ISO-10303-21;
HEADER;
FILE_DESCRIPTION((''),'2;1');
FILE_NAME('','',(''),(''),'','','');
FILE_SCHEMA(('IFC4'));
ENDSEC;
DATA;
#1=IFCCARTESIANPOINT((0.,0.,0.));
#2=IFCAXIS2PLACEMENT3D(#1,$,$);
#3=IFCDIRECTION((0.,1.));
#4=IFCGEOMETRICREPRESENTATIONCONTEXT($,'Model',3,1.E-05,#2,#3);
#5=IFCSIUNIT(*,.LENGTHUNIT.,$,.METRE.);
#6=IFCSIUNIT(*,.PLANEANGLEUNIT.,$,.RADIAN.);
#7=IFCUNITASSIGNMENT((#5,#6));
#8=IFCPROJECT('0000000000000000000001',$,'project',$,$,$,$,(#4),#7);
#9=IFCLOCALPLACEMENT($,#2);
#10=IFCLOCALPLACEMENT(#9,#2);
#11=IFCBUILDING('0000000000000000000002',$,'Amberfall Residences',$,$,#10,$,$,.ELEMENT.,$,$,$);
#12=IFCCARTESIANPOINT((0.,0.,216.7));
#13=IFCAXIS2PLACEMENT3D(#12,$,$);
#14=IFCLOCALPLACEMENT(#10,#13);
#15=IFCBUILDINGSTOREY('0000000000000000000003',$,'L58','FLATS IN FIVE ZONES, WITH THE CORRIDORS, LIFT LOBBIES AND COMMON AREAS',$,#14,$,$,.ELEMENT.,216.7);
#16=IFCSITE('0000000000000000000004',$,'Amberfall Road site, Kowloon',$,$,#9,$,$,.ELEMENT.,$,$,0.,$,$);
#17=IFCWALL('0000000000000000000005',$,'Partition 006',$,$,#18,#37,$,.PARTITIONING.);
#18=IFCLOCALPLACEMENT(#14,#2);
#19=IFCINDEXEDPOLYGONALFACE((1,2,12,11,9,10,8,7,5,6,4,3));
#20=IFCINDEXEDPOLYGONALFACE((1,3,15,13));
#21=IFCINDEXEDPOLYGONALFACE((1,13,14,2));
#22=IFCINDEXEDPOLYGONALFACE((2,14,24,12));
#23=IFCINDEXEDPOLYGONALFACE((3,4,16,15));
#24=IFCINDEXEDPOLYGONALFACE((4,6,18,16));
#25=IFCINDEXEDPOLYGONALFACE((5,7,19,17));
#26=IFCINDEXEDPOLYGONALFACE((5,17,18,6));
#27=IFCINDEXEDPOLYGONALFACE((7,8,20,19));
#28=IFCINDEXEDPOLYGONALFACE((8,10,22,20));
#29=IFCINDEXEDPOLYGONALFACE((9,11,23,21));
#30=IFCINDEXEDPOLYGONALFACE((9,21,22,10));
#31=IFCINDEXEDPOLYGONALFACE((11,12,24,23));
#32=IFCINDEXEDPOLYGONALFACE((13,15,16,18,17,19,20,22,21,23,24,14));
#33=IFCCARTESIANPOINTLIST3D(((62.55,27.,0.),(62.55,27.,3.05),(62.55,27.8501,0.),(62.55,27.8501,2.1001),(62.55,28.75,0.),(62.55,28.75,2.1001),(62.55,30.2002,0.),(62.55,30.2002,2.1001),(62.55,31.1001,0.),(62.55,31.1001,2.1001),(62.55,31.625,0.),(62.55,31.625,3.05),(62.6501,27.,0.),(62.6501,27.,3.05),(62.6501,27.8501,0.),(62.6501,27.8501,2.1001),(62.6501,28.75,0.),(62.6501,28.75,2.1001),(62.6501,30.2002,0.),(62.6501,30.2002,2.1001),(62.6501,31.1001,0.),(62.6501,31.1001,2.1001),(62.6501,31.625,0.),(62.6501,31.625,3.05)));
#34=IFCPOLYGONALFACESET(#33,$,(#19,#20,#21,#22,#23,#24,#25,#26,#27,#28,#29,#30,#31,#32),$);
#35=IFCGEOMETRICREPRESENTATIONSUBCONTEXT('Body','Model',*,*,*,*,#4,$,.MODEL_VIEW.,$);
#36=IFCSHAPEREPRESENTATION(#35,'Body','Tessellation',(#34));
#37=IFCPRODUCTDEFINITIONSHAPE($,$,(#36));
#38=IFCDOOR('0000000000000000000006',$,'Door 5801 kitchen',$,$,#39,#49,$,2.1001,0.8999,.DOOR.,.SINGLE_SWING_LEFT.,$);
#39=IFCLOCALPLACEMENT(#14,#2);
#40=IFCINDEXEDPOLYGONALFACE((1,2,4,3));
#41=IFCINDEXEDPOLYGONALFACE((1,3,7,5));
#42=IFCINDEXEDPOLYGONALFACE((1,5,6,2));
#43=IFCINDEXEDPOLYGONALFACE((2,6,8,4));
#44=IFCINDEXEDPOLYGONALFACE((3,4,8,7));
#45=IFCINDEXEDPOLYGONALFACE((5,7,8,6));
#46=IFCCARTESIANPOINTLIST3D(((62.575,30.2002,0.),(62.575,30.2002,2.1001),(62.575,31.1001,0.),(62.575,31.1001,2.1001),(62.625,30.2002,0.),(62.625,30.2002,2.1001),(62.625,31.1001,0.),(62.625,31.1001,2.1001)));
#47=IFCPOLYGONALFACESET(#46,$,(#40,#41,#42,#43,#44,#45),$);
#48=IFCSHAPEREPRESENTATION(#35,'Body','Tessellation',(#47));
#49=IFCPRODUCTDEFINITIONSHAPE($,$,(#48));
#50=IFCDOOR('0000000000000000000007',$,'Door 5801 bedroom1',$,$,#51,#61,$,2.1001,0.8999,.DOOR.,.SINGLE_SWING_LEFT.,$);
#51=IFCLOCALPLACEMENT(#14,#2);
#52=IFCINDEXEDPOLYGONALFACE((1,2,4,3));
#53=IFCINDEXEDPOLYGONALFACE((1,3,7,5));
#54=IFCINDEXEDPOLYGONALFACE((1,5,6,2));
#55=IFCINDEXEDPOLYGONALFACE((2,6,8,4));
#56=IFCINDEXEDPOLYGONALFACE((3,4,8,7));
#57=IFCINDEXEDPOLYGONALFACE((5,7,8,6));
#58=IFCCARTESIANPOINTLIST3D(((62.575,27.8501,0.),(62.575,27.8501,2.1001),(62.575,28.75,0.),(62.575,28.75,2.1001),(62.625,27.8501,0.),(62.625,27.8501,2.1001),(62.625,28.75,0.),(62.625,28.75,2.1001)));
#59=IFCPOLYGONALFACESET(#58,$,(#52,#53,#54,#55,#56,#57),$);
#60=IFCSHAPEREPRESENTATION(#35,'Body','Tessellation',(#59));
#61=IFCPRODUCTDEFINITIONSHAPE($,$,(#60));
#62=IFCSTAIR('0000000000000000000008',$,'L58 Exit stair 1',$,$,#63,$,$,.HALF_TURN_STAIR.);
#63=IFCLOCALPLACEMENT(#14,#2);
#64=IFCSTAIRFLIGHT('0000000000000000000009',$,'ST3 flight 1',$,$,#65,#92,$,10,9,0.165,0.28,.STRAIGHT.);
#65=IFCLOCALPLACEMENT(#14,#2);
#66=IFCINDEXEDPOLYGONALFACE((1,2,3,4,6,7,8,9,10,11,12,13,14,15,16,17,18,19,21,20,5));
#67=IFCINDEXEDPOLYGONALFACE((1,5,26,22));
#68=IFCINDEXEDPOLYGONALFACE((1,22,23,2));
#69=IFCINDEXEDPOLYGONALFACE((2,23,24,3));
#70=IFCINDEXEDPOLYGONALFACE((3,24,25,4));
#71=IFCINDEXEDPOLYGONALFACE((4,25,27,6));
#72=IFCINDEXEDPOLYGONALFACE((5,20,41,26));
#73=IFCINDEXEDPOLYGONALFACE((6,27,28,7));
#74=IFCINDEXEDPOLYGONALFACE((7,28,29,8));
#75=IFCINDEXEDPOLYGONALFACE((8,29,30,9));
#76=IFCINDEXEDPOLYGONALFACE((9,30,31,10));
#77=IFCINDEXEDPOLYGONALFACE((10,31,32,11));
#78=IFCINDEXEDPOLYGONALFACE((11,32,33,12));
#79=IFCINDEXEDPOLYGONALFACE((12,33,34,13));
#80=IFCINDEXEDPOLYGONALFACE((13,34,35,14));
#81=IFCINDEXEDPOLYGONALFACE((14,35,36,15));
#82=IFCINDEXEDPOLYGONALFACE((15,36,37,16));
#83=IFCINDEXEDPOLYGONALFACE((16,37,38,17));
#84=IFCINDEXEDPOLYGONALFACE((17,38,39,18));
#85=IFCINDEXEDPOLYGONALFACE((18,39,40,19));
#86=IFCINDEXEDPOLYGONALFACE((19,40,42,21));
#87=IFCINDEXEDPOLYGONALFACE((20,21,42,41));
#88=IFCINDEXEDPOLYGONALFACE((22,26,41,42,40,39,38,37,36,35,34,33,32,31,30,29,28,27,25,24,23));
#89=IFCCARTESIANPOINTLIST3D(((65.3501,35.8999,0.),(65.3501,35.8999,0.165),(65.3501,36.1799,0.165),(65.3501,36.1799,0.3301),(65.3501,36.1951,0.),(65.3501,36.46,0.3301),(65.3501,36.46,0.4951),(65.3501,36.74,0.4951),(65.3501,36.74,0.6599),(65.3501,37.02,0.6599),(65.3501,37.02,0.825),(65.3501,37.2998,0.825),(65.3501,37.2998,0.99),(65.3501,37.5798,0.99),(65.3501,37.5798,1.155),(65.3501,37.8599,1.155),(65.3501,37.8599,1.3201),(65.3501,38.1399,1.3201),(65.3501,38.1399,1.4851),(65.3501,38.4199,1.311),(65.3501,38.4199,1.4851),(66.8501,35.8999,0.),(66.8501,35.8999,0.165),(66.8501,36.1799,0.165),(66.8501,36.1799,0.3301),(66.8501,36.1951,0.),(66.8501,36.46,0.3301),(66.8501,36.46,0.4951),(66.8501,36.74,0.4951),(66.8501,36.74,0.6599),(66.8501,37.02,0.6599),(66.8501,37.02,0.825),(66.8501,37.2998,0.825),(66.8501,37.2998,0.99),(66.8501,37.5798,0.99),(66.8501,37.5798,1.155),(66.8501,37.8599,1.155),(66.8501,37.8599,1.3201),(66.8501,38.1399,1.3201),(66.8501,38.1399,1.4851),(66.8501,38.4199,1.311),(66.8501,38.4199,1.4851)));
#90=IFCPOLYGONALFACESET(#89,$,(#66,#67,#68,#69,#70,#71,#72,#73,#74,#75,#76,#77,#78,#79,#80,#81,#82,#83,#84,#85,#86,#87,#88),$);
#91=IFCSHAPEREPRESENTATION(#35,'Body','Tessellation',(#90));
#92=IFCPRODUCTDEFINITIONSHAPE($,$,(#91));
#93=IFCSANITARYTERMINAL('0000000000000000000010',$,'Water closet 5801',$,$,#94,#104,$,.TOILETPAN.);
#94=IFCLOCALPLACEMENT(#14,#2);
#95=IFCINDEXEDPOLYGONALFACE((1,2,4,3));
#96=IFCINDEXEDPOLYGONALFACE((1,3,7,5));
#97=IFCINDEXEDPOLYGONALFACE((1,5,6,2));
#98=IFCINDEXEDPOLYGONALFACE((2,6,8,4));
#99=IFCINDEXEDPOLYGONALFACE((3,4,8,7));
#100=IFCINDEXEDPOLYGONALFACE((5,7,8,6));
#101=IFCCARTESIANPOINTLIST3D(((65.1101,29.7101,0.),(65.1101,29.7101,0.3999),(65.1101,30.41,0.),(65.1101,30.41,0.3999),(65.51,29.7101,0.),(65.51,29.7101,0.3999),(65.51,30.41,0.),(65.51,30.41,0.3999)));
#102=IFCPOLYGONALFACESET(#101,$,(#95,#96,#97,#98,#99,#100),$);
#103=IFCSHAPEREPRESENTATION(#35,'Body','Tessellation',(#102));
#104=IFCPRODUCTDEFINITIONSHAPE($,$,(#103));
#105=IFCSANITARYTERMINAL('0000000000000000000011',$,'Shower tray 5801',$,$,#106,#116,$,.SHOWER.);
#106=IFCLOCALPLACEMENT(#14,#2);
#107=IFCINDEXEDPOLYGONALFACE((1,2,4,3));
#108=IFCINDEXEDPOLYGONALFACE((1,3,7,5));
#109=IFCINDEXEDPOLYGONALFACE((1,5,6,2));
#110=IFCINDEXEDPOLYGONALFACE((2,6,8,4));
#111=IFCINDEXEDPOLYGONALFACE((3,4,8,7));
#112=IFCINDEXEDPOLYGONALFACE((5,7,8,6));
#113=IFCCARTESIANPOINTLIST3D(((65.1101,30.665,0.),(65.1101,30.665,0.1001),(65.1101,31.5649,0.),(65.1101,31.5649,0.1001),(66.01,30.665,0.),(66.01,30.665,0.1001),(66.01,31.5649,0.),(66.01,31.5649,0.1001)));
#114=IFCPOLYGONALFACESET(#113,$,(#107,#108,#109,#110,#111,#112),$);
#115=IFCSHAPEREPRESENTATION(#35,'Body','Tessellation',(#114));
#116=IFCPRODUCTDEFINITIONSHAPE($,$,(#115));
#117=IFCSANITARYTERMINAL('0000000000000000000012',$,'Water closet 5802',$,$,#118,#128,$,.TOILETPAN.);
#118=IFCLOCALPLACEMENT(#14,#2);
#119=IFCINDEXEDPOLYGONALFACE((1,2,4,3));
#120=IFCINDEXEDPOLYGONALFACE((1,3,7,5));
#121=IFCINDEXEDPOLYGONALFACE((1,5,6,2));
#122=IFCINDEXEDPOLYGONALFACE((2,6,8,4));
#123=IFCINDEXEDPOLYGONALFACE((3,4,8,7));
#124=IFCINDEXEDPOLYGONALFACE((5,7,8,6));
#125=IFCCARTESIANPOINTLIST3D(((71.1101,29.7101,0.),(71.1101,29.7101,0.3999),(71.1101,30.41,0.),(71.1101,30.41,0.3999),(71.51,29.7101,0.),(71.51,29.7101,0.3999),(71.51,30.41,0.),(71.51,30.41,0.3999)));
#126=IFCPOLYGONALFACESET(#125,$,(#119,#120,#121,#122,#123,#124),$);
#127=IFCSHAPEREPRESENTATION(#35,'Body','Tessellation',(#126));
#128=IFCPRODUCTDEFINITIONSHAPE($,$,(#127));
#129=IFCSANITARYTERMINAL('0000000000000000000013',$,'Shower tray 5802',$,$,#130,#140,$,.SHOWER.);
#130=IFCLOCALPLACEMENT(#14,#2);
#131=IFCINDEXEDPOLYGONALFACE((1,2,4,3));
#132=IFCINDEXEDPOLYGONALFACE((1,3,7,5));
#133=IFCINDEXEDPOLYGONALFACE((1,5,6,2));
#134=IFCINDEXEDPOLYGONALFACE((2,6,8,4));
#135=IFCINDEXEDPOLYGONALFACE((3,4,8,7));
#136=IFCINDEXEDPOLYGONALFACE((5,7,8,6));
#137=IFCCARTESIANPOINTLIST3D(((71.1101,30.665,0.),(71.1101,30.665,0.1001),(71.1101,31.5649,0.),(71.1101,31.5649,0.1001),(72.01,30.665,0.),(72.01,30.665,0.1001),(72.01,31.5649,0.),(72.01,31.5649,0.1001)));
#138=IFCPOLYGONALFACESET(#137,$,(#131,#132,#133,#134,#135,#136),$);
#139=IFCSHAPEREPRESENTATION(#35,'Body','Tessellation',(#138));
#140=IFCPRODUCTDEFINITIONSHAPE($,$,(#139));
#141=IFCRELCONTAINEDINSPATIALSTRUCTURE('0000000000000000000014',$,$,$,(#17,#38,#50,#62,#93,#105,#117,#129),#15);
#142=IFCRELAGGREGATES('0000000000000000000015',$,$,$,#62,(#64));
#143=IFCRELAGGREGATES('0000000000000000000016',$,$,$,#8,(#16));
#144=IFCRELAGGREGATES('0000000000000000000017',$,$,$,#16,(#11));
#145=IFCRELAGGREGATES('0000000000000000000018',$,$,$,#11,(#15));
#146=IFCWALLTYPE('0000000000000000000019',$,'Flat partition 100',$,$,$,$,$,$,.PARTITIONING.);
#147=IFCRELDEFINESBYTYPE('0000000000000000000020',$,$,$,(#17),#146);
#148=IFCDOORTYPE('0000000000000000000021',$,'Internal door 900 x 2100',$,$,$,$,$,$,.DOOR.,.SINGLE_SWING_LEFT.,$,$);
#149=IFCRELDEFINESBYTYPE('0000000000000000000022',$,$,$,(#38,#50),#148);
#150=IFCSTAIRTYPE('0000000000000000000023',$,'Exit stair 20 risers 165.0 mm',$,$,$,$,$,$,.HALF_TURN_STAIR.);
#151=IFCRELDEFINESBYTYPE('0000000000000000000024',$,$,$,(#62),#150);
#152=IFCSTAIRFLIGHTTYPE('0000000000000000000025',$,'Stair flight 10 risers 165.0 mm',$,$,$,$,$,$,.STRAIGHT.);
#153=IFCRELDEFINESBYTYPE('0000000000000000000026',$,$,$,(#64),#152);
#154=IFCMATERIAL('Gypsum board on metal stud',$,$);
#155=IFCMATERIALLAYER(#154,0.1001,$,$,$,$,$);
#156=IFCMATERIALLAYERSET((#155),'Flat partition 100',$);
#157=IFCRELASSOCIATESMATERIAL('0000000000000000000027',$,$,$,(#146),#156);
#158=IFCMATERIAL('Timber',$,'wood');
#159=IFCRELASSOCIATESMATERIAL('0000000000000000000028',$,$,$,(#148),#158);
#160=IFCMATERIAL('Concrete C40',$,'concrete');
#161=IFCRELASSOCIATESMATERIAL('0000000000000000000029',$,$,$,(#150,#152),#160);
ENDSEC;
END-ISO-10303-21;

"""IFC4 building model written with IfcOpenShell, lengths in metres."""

from ifc_helpers import new_model, si_unit, direction, frame, frame_2d, origin, origin_2d, place, context, subcontext, project, spatial, polyline, rectangle, outline, extrude, material, layer, layer_set, type_object, element, fill, aggregate, save


model = new_model("IFC4")

# Units and contexts
model_context = context("Model", 3, precision=1e-05, world=origin(), true_north=direction((0.0, 1.0)))
body_context = subcontext(model_context, "Body", "Model", "MODEL_VIEW")
ifc_project = project(units=[si_unit("LENGTHUNIT", "METRE"), si_unit("PLANEANGLEUNIT", "RADIAN")], contexts=[model_context])

# Site, building, storey
site_placement = place(None, origin())
site = spatial("IfcSite", under=ifc_project, at=site_placement, Name="Amberfall Road site, Kowloon", CompositionType="ELEMENT", RefElevation=0.0)
building_placement = place(site_placement, origin())
building = spatial("IfcBuilding", under=site, at=building_placement, Name="Amberfall Residences", CompositionType="ELEMENT")
storey_placement = place(building_placement, frame((0.0, 0.0, 216.7)))
storey = spatial("IfcBuildingStorey", under=building, at=storey_placement, Name="L58", Description="FLATS IN FIVE ZONES, WITH THE CORRIDORS, LIFT LOBBIES AND COMMON AREAS", CompositionType="ELEMENT", Elevation=216.7)

# Wall, openings, doors
ifc_material_1 = material(Name="Gypsum board on metal stud")
ifc_layer_1 = layer(ifc_material_1, 0.1001)
ifc_layer_set_1 = layer_set([ifc_layer_1], Name="Flat partition 100")
wall_type_1 = type_object("IfcWallType", Name="Flat partition 100", PredefinedType="PARTITIONING", material=ifc_layer_set_1)
wall_1_placement = place(storey_placement, frame((62.6001, 31.625, 0.0), z_axis=(0.0, 0.0, 1.0), x_axis=(0.0, -1.0, 0.0)))
wall_1 = element("IfcWall", 1, at=wall_1_placement, inside=storey, type_object=wall_type_1, Name="Partition 006", PredefinedType="PARTITIONING", context=body_context, shape_type="SweptSolid", body=[
    extrude(rectangle(XDim=4.625, YDim=0.1001, at=frame_2d((2.3125, 0.0))), origin(), (0.0, 0.0, 1.0), 3.05),
])
opening_1_placement = place(wall_1_placement, frame((0.5249, 0.0, 0.0)))
opening_1 = element("IfcOpeningElement", 2, at=opening_1_placement, cuts=wall_1, PredefinedType="OPENING", context=body_context, shape_type="SweptSolid", body=[
    extrude(rectangle(XDim=0.8999, YDim=2.1001, at=frame_2d((0.45, 1.05))), frame((0.0, 0.0601, 0.0), z_axis=(0.0, -1.0, 0.0), x_axis=(1.0, 0.0, 0.0)), (0.0, 0.0, 1.0), 0.1201),
])
opening_2_placement = place(wall_1_placement, frame((2.875, 0.0, 0.0)))
opening_2 = element("IfcOpeningElement", 3, at=opening_2_placement, cuts=wall_1, PredefinedType="OPENING", context=body_context, shape_type="SweptSolid", body=[
    extrude(rectangle(XDim=0.8999, YDim=2.1001, at=frame_2d((0.45, 1.05))), frame((0.0, 0.0601, 0.0), z_axis=(0.0, -1.0, 0.0), x_axis=(1.0, 0.0, 0.0)), (0.0, 0.0, 1.0), 0.1201),
])
ifc_material_2 = material(Name="Timber", Category="wood")
door_type_1 = type_object("IfcDoorType", Name="Internal door 900 x 2100", OperationType="SINGLE_SWING_LEFT", PredefinedType="DOOR", material=ifc_material_2)
door_1_placement = place(opening_1_placement, origin())
door_1 = element("IfcDoor", 4, at=door_1_placement, inside=storey, type_object=door_type_1, Name="Door 5801 kitchen", OperationType="SINGLE_SWING_LEFT", OverallHeight=2.1001, OverallWidth=0.8999, PredefinedType="DOOR", context=body_context, shape_type="SweptSolid", body=[
    extrude(rectangle(XDim=0.8999, YDim=2.1001, at=frame_2d((0.45, 1.05))), frame((0.0, 0.0249, 0.0), z_axis=(0.0, -1.0, 0.0), x_axis=(1.0, 0.0, 0.0)), (0.0, 0.0, 1.0), 0.05),
])
fill(opening_1, door_1)
door_2_placement = place(opening_2_placement, origin())
door_2 = element("IfcDoor", 5, at=door_2_placement, inside=storey, type_object=door_type_1, Name="Door 5801 bedroom1", OperationType="SINGLE_SWING_LEFT", OverallHeight=2.1001, OverallWidth=0.8999, PredefinedType="DOOR", context=body_context, shape_type="SweptSolid", body=[
    extrude(rectangle(XDim=0.8999, YDim=2.1001, at=frame_2d((0.45, 1.05))), frame((0.0, 0.0249, 0.0), z_axis=(0.0, -1.0, 0.0), x_axis=(1.0, 0.0, 0.0)), (0.0, 0.0, 1.0), 0.05),
])
fill(opening_2, door_2)

# Stair, stair flight
ifc_material_3 = material(Name="Concrete C40", Category="concrete")
stair_type = type_object("IfcStairType", Name="Exit stair 20 risers 165.0 mm", PredefinedType="HALF_TURN_STAIR", material=ifc_material_3)
stair_placement = place(storey_placement, origin())
stair = element("IfcStair", 6, at=stair_placement, inside=storey, type_object=stair_type, Name="L58 Exit stair 1", PredefinedType="HALF_TURN_STAIR")
stair_flight_type = type_object("IfcStairFlightType", Name="Stair flight 10 risers 165.0 mm", PredefinedType="STRAIGHT", material=ifc_material_3)
stair_flight_placement = place(storey_placement, frame((66.1001, 35.8999, 0.0), z_axis=(0.0, 0.0, 1.0), x_axis=(0.0, 1.0, 0.0)))
stair_flight = element("IfcStairFlight", 7, at=stair_flight_placement, type_object=stair_flight_type, Name="ST3 flight 1", NumberOfRisers=10, NumberOfTreads=9, PredefinedType="STRAIGHT", RiserHeight=0.165, TreadLength=0.28, context=body_context, shape_type="SweptSolid", body=[
    extrude(outline(polyline([(0.0, 0.0), (0.0, 0.165), (0.28, 0.165), (0.28, 0.3301), (0.5601, 0.3301), (0.5601, 0.4951), (0.8401, 0.4951), (0.8401, 0.6599), (1.1201, 0.6599), (1.1201, 0.825), (1.3999, 0.825), (1.3999, 0.99), (1.6799, 0.99), (1.6799, 1.155), (1.96, 1.155), (1.96, 1.3201), (2.24, 1.3201), (2.24, 1.4851), (2.52, 1.4851), (2.52, 1.6499), (2.52, 1.311), (0.2952, 0.0), (0.0, 0.0)])), frame((0.0, 0.75, 0.0), z_axis=(0.0, -1.0, 0.0), x_axis=(1.0, 0.0, 0.0)), (0.0, 0.0, 1.0), 1.5),
])
aggregate(stair, [stair_flight])

# Sanitary terminals
sanitary_terminal_1_placement = place(storey_placement, frame((65.3101, 30.0601, 0.0), z_axis=(0.0, 0.0, 1.0), x_axis=(1.0, 0.0, 0.0)))
element("IfcSanitaryTerminal", 8, at=sanitary_terminal_1_placement, inside=storey, Name="Water closet 5801", PredefinedType="TOILETPAN", context=body_context, shape_type="SweptSolid", body=[
    extrude(rectangle(XDim=0.3999, YDim=0.7, at=origin_2d()), origin(), (0.0, 0.0, 1.0), 0.3999),
])
sanitary_terminal_2_placement = place(storey_placement, frame((65.5601, 31.115, 0.0), z_axis=(0.0, 0.0, 1.0), x_axis=(1.0, 0.0, 0.0)))
element("IfcSanitaryTerminal", 9, at=sanitary_terminal_2_placement, inside=storey, Name="Shower tray 5801", PredefinedType="SHOWER", context=body_context, shape_type="SweptSolid", body=[
    extrude(rectangle(XDim=0.8999, YDim=0.8999, at=origin_2d()), origin(), (0.0, 0.0, 1.0), 0.1001),
])
sanitary_terminal_3_placement = place(storey_placement, frame((71.3101, 30.0601, 0.0), z_axis=(0.0, 0.0, 1.0), x_axis=(1.0, 0.0, 0.0)))
element("IfcSanitaryTerminal", 10, at=sanitary_terminal_3_placement, inside=storey, Name="Water closet 5802", PredefinedType="TOILETPAN", context=body_context, shape_type="SweptSolid", body=[
    extrude(rectangle(XDim=0.3999, YDim=0.7, at=origin_2d()), origin(), (0.0, 0.0, 1.0), 0.3999),
])
sanitary_terminal_4_placement = place(storey_placement, frame((71.5601, 31.115, 0.0), z_axis=(0.0, 0.0, 1.0), x_axis=(1.0, 0.0, 0.0)))
element("IfcSanitaryTerminal", 11, at=sanitary_terminal_4_placement, inside=storey, Name="Shower tray 5802", PredefinedType="SHOWER", context=body_context, shape_type="SweptSolid", body=[
    extrude(rectangle(XDim=0.8999, YDim=0.8999, at=origin_2d()), origin(), (0.0, 0.0, 1.0), 0.1001),
])

save(model, "model.ifc")
